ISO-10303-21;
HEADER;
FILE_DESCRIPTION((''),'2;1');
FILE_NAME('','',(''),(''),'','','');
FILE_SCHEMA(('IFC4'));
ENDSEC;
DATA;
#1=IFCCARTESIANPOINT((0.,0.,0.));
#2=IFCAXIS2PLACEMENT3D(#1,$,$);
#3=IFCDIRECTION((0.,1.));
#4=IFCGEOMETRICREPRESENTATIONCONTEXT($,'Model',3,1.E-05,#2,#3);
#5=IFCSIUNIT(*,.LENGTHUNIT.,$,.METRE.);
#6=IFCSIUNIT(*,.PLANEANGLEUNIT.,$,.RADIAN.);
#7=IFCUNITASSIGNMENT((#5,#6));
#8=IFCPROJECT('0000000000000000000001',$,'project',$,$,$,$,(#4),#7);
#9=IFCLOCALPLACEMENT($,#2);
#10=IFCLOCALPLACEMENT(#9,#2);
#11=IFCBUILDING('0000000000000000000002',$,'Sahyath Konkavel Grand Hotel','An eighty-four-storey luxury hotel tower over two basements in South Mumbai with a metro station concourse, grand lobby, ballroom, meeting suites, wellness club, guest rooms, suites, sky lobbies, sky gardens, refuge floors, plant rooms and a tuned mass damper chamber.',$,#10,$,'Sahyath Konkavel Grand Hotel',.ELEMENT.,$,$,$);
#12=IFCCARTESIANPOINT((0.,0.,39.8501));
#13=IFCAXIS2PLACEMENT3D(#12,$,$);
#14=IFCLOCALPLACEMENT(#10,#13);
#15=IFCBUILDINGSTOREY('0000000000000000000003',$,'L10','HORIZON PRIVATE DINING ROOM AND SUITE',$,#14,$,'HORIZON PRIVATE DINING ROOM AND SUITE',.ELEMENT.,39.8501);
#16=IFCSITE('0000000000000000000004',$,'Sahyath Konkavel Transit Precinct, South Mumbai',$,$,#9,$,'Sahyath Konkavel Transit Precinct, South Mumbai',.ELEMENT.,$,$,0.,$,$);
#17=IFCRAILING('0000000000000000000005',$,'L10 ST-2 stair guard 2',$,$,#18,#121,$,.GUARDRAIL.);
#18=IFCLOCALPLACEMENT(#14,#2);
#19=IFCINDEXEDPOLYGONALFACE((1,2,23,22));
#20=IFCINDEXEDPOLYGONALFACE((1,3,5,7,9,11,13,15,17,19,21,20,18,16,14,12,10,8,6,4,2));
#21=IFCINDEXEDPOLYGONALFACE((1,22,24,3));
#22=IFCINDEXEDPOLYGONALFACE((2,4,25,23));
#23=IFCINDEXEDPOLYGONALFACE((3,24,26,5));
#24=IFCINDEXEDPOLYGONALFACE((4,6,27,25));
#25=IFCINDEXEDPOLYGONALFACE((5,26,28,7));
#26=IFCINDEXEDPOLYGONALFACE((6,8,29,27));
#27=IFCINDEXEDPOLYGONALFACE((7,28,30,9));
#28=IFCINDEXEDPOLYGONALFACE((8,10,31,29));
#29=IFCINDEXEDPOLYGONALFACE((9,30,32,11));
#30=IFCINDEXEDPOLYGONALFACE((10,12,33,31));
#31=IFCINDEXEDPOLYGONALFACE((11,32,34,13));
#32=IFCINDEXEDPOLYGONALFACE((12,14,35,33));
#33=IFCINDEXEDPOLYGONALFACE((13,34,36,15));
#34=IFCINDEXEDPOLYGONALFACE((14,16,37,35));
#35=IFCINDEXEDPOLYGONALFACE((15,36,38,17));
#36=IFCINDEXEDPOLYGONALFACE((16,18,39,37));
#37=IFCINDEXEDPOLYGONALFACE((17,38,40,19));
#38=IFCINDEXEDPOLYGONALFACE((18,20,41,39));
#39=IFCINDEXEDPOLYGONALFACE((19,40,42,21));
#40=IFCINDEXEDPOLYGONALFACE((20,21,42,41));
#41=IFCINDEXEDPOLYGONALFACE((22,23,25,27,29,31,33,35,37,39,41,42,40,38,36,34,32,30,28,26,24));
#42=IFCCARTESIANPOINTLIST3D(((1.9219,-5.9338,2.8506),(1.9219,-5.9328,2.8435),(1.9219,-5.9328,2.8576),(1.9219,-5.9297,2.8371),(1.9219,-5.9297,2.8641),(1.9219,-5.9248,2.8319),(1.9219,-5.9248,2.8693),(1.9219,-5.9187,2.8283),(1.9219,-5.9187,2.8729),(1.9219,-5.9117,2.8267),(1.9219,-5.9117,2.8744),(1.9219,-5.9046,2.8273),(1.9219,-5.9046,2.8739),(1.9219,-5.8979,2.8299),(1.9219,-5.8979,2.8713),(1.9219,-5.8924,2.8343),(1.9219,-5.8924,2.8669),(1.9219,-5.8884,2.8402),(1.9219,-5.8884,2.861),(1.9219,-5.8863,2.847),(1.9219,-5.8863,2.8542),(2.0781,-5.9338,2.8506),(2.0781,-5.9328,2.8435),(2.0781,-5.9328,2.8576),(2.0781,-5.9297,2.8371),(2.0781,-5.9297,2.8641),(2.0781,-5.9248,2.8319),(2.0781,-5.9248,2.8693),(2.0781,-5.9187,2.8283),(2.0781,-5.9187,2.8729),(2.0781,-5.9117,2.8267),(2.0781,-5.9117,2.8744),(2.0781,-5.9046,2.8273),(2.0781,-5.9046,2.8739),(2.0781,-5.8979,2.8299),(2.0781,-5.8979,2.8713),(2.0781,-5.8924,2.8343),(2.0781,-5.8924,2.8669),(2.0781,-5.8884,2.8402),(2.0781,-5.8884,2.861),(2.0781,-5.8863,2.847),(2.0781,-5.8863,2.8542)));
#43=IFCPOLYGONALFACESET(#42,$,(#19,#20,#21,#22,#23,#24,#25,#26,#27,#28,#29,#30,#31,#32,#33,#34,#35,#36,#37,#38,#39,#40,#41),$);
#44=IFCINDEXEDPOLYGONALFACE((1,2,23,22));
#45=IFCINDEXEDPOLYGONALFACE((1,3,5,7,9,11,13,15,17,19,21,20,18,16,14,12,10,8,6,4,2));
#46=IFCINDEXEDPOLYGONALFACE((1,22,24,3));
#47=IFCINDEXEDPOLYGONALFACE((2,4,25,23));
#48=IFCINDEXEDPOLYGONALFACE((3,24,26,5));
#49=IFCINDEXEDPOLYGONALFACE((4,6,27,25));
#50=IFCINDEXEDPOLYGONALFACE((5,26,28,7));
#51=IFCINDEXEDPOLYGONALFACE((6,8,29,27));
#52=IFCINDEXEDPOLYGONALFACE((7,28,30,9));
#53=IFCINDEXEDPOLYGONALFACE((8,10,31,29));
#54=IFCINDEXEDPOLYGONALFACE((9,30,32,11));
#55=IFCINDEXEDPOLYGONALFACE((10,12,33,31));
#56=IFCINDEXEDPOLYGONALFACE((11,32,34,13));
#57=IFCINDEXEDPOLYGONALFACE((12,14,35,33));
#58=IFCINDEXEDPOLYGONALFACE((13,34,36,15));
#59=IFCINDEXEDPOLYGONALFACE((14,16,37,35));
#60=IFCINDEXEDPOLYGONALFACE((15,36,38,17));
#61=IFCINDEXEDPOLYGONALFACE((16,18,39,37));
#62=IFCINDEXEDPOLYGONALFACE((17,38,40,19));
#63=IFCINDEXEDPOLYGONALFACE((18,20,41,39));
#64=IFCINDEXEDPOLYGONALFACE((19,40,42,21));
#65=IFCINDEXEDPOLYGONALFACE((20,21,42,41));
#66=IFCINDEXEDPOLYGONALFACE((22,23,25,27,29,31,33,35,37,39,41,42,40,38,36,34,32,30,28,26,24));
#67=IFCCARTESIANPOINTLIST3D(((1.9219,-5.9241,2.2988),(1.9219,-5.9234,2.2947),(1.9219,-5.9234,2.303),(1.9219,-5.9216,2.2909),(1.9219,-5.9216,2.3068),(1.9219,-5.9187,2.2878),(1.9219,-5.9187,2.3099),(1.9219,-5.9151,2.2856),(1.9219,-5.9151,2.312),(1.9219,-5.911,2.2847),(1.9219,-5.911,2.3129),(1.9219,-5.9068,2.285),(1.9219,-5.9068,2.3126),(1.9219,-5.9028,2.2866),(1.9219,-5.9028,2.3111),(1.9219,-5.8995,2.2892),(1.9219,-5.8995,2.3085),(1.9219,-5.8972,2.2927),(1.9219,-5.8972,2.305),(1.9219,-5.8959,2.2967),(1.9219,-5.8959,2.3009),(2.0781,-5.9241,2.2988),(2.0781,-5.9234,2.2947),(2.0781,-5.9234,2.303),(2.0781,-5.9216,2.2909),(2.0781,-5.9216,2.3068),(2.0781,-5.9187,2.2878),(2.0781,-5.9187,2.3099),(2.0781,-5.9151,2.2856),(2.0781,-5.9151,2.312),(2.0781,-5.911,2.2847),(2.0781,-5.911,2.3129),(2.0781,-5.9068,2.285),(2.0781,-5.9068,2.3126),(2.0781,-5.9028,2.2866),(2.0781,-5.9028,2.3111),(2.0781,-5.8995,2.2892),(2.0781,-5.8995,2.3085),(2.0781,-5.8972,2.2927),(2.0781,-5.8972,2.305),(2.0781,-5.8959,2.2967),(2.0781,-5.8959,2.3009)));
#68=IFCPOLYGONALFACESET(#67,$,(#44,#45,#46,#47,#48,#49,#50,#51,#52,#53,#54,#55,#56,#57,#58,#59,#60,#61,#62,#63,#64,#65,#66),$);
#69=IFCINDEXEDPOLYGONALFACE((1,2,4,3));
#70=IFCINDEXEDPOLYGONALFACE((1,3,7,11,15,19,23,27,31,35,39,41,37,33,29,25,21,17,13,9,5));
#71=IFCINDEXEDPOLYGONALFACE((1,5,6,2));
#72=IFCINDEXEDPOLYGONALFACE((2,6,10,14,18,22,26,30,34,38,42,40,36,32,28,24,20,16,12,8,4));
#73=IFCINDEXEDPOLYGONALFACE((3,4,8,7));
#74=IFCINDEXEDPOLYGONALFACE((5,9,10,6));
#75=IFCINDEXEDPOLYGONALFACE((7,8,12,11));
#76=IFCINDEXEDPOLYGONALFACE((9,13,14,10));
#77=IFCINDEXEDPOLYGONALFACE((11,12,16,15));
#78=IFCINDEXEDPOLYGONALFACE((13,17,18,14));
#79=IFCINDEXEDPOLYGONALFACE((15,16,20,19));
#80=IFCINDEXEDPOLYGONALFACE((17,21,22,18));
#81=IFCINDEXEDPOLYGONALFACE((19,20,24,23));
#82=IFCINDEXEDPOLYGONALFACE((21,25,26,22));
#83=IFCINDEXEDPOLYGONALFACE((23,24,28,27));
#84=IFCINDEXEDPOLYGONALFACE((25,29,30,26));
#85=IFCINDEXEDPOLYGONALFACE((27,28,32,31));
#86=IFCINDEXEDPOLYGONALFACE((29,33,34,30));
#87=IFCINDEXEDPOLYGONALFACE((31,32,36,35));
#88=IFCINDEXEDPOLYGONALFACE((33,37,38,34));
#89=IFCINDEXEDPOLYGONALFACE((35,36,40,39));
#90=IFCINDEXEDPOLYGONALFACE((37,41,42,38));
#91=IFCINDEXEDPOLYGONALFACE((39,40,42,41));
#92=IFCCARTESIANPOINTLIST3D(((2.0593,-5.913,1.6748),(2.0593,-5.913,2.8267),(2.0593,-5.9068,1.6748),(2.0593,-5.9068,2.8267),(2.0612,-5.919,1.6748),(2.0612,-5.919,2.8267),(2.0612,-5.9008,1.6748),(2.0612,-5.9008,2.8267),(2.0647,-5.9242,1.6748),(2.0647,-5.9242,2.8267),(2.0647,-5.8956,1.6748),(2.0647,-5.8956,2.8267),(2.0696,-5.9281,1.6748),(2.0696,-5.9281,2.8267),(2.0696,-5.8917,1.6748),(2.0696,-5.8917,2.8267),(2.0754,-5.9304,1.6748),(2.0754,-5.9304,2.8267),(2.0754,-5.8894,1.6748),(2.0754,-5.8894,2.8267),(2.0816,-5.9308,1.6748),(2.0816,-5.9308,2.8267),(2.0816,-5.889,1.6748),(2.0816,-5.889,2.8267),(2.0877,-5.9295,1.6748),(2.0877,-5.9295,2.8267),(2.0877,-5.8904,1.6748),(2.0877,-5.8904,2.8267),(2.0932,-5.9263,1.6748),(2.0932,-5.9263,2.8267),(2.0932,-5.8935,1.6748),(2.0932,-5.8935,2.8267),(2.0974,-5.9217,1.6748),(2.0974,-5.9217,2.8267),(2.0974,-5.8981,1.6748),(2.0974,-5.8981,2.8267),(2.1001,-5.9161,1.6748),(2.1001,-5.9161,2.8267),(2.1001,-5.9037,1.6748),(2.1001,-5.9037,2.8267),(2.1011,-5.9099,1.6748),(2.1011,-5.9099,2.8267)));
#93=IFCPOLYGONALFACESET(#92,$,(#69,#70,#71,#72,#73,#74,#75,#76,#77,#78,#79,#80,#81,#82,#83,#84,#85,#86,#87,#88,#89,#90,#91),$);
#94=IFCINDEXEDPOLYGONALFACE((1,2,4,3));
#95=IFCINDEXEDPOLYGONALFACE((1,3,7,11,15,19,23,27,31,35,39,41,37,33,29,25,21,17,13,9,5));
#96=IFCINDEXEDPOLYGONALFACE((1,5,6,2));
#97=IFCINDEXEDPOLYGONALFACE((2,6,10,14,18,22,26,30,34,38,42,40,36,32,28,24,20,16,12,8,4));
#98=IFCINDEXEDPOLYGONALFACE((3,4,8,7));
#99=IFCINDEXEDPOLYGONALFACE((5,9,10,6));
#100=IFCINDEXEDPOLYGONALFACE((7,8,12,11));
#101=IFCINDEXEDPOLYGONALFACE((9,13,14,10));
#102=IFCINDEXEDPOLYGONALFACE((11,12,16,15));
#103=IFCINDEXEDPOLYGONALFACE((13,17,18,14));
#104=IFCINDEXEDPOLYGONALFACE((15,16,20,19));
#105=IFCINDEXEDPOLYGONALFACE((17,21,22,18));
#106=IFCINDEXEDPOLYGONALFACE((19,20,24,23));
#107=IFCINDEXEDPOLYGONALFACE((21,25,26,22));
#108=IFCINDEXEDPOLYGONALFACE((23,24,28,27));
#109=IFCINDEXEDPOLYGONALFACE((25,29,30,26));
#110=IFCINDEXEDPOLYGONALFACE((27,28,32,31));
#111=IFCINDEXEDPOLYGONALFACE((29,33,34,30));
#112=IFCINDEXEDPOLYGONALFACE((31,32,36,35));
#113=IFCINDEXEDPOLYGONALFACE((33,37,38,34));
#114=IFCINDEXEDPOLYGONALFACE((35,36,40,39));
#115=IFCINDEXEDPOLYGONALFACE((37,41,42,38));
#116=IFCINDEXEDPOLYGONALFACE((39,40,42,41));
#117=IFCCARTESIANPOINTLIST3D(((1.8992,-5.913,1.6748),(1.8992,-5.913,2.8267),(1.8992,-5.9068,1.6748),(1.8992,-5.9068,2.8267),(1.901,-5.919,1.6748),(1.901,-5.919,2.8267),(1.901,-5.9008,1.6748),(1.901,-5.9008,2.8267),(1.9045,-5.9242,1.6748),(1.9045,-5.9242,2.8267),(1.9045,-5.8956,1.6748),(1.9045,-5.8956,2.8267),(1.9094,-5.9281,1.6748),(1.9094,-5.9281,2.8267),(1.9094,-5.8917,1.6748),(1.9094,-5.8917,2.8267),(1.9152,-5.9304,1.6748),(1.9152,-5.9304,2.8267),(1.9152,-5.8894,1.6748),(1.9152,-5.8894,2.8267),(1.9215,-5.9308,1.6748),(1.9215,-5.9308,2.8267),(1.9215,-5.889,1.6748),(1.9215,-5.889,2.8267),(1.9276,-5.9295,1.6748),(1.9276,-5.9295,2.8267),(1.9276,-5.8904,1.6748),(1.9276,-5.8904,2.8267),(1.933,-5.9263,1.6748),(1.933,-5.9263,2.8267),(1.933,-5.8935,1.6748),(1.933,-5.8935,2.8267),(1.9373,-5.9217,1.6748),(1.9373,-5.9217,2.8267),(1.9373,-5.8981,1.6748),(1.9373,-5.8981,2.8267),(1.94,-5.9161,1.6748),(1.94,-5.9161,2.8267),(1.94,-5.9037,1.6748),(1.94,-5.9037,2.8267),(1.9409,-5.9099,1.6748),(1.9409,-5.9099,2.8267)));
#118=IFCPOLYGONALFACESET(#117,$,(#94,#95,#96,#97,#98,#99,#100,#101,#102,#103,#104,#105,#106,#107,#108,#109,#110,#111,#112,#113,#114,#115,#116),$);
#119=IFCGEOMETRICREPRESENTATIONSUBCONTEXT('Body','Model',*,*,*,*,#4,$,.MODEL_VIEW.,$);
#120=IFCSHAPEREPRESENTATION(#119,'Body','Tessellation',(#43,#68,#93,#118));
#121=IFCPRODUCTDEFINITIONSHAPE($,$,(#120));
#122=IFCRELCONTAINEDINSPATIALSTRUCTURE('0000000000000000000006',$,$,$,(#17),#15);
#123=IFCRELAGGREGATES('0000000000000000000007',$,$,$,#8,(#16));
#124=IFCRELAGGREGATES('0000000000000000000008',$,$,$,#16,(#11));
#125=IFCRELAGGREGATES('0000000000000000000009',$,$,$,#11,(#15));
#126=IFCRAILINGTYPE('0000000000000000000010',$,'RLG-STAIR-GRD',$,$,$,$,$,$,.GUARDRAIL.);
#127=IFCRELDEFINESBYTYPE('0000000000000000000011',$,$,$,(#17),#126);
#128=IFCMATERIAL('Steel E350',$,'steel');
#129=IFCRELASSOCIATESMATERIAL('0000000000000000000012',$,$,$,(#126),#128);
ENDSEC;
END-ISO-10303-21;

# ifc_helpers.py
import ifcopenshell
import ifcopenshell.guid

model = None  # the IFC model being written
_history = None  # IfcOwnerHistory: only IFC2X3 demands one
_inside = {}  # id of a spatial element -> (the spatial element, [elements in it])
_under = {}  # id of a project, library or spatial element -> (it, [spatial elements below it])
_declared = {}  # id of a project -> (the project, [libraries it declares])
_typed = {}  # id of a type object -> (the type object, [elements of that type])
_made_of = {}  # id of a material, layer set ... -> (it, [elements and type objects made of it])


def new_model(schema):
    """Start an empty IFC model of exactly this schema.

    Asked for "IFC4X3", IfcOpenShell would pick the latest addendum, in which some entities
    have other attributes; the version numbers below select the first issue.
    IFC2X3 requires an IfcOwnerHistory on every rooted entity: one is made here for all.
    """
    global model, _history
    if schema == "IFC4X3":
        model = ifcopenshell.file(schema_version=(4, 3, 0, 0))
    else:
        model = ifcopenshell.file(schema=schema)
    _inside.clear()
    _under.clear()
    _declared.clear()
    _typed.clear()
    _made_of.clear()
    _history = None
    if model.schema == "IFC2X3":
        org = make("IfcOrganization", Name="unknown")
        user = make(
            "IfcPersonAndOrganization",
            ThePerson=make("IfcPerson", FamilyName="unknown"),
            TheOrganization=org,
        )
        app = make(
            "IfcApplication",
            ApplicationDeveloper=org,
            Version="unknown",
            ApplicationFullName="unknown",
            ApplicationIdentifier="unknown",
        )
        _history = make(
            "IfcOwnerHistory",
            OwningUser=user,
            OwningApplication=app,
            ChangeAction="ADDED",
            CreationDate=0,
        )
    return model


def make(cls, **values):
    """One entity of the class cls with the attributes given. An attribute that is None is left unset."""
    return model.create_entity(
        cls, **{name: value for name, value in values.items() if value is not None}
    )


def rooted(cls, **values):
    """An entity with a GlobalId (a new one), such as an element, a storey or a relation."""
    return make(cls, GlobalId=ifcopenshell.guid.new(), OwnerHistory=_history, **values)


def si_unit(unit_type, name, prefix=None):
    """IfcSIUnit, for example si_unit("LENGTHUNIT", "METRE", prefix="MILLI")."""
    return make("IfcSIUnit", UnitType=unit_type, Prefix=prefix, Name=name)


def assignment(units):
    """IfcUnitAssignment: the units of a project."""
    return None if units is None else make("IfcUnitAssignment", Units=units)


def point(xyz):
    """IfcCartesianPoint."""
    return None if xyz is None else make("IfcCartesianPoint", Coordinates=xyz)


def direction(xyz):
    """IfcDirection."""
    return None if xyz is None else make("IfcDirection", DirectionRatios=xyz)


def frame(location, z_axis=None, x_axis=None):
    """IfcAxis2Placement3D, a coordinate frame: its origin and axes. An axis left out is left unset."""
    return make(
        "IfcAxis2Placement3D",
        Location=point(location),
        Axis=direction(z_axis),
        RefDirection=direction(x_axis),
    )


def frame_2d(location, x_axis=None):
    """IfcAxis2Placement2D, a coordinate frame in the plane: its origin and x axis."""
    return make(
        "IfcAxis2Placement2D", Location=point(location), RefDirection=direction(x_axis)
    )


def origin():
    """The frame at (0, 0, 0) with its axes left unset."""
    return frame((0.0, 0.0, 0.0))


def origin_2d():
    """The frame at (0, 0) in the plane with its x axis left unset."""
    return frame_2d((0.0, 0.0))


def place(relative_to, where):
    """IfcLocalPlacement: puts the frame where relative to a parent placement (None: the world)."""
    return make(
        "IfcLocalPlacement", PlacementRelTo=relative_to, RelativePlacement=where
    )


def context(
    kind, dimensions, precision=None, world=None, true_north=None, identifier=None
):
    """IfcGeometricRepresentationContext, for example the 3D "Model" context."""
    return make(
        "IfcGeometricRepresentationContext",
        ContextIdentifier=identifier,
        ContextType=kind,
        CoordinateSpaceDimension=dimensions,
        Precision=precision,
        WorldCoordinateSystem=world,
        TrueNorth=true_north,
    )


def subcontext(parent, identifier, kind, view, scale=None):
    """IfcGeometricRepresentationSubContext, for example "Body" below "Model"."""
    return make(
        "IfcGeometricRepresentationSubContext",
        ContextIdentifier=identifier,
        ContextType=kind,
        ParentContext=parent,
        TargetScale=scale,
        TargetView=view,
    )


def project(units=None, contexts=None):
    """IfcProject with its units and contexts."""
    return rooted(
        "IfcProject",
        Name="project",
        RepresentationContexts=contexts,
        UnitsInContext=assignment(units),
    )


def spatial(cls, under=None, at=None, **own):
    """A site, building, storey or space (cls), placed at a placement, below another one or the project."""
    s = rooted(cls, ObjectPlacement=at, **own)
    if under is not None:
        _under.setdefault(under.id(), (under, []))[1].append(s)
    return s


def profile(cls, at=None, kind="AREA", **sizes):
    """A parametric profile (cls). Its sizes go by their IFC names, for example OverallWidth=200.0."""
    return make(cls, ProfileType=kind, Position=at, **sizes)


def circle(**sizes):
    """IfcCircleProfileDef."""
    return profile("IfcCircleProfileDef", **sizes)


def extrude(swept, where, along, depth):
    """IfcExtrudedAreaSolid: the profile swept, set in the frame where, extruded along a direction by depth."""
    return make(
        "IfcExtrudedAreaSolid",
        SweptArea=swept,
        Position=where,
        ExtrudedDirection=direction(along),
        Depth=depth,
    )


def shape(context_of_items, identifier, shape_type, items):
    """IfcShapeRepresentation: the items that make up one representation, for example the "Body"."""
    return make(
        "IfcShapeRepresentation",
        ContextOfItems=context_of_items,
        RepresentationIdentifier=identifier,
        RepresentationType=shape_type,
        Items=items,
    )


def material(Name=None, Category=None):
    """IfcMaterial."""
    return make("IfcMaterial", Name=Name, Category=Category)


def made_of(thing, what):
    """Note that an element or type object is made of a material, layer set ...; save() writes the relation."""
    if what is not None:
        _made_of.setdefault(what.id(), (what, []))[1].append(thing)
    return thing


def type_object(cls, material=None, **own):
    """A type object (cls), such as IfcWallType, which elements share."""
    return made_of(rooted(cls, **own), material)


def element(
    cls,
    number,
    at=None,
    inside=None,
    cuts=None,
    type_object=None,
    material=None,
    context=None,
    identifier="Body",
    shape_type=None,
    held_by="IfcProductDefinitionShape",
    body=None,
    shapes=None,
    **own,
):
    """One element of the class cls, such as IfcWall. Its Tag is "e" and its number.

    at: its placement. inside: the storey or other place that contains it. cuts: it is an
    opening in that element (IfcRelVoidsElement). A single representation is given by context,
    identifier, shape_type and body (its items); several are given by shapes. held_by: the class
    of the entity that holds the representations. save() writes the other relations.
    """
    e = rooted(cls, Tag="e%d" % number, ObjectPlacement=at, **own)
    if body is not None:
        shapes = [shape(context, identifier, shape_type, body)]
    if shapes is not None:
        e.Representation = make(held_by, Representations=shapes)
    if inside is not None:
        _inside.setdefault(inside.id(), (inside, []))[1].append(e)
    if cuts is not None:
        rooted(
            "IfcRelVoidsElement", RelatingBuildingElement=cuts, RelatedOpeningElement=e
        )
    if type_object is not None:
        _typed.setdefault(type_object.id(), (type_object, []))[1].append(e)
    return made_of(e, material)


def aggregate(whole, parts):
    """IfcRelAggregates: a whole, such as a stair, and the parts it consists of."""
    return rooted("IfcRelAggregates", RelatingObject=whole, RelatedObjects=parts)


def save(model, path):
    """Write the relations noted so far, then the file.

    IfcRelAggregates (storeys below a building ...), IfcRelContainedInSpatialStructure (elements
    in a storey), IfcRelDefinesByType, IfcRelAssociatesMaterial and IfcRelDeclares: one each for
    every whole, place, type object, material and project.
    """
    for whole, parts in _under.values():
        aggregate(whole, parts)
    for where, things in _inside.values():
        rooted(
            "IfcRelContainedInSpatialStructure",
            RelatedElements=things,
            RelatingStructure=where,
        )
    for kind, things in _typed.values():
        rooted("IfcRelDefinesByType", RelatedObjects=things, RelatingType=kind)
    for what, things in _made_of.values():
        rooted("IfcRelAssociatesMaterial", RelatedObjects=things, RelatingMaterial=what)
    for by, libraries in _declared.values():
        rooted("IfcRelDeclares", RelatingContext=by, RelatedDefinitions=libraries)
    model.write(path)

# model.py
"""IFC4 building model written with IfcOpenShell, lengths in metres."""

from ifc_helpers import new_model, si_unit, direction, frame, origin, origin_2d, place, context, subcontext, project, spatial, circle, extrude, material, type_object, element, save


model = new_model("IFC4")

# Units and contexts
model_context = context("Model", 3, precision=1e-05, world=origin(), true_north=direction((0.0, 1.0)))
body_context = subcontext(model_context, "Body", "Model", "MODEL_VIEW")
ifc_project = project(units=[si_unit("LENGTHUNIT", "METRE"), si_unit("PLANEANGLEUNIT", "RADIAN")], contexts=[model_context])

# Site, building, storey
site_placement = place(None, origin())
site = spatial("IfcSite", under=ifc_project, at=site_placement, Name="Sahyath Konkavel Transit Precinct, South Mumbai", LongName="Sahyath Konkavel Transit Precinct, South Mumbai", CompositionType="ELEMENT", RefElevation=0.0)
building_placement = place(site_placement, origin())
building = spatial("IfcBuilding", under=site, at=building_placement, Name="Sahyath Konkavel Grand Hotel", Description="An eighty-four-storey luxury hotel tower over two basements in South Mumbai with a metro station concourse, grand lobby, ballroom, meeting suites, wellness club, guest rooms, suites, sky lobbies, sky gardens, refuge floors, plant rooms and a tuned mass damper chamber.", LongName="Sahyath Konkavel Grand Hotel", CompositionType="ELEMENT")
storey_placement = place(building_placement, frame((0.0, 0.0, 39.8501)))
storey = spatial("IfcBuildingStorey", under=building, at=storey_placement, Name="L10", Description="HORIZON PRIVATE DINING ROOM AND SUITE", LongName="HORIZON PRIVATE DINING ROOM AND SUITE", CompositionType="ELEMENT", Elevation=39.8501)

# Shared definitions
ifc_material_1 = material(Name="Steel E350", Category="steel")

# Railing
railing_type_1 = type_object("IfcRailingType", Name="RLG-STAIR-GRD", PredefinedType="GUARDRAIL", material=ifc_material_1)
railing_1_placement = place(storey_placement, frame((2.0801, -5.9099, 1.6748)))
element("IfcRailing", 1, at=railing_1_placement, inside=storey, type_object=railing_type_1, Name="L10 ST-2 stair guard 2", PredefinedType="GUARDRAIL", context=body_context, shape_type="SweptSolid", body=[
    extrude(circle(Radius=0.0239, at=origin_2d()), frame((-0.002, 0.0, 1.1758), z_axis=(-1.0, 0.0, 0.0), x_axis=(0.0, -1.0, 0.0)), (0.0, 0.0, 1.0), 0.1562),
    extrude(circle(Radius=0.0142, at=origin_2d()), frame((-0.002, 0.0, 0.624), z_axis=(-1.0, 0.0, 0.0), x_axis=(0.0, -1.0, 0.0)), (0.0, 0.0, 1.0), 0.1562),
    extrude(circle(Radius=0.021, at=origin_2d()), origin(), (0.0, 0.0, 1.0), 1.1519),
    extrude(circle(Radius=0.021, at=origin_2d()), frame((-0.1602, 0.0, 0.0)), (0.0, 0.0, 1.0), 1.1519),
])

save(model, "model.ifc")
